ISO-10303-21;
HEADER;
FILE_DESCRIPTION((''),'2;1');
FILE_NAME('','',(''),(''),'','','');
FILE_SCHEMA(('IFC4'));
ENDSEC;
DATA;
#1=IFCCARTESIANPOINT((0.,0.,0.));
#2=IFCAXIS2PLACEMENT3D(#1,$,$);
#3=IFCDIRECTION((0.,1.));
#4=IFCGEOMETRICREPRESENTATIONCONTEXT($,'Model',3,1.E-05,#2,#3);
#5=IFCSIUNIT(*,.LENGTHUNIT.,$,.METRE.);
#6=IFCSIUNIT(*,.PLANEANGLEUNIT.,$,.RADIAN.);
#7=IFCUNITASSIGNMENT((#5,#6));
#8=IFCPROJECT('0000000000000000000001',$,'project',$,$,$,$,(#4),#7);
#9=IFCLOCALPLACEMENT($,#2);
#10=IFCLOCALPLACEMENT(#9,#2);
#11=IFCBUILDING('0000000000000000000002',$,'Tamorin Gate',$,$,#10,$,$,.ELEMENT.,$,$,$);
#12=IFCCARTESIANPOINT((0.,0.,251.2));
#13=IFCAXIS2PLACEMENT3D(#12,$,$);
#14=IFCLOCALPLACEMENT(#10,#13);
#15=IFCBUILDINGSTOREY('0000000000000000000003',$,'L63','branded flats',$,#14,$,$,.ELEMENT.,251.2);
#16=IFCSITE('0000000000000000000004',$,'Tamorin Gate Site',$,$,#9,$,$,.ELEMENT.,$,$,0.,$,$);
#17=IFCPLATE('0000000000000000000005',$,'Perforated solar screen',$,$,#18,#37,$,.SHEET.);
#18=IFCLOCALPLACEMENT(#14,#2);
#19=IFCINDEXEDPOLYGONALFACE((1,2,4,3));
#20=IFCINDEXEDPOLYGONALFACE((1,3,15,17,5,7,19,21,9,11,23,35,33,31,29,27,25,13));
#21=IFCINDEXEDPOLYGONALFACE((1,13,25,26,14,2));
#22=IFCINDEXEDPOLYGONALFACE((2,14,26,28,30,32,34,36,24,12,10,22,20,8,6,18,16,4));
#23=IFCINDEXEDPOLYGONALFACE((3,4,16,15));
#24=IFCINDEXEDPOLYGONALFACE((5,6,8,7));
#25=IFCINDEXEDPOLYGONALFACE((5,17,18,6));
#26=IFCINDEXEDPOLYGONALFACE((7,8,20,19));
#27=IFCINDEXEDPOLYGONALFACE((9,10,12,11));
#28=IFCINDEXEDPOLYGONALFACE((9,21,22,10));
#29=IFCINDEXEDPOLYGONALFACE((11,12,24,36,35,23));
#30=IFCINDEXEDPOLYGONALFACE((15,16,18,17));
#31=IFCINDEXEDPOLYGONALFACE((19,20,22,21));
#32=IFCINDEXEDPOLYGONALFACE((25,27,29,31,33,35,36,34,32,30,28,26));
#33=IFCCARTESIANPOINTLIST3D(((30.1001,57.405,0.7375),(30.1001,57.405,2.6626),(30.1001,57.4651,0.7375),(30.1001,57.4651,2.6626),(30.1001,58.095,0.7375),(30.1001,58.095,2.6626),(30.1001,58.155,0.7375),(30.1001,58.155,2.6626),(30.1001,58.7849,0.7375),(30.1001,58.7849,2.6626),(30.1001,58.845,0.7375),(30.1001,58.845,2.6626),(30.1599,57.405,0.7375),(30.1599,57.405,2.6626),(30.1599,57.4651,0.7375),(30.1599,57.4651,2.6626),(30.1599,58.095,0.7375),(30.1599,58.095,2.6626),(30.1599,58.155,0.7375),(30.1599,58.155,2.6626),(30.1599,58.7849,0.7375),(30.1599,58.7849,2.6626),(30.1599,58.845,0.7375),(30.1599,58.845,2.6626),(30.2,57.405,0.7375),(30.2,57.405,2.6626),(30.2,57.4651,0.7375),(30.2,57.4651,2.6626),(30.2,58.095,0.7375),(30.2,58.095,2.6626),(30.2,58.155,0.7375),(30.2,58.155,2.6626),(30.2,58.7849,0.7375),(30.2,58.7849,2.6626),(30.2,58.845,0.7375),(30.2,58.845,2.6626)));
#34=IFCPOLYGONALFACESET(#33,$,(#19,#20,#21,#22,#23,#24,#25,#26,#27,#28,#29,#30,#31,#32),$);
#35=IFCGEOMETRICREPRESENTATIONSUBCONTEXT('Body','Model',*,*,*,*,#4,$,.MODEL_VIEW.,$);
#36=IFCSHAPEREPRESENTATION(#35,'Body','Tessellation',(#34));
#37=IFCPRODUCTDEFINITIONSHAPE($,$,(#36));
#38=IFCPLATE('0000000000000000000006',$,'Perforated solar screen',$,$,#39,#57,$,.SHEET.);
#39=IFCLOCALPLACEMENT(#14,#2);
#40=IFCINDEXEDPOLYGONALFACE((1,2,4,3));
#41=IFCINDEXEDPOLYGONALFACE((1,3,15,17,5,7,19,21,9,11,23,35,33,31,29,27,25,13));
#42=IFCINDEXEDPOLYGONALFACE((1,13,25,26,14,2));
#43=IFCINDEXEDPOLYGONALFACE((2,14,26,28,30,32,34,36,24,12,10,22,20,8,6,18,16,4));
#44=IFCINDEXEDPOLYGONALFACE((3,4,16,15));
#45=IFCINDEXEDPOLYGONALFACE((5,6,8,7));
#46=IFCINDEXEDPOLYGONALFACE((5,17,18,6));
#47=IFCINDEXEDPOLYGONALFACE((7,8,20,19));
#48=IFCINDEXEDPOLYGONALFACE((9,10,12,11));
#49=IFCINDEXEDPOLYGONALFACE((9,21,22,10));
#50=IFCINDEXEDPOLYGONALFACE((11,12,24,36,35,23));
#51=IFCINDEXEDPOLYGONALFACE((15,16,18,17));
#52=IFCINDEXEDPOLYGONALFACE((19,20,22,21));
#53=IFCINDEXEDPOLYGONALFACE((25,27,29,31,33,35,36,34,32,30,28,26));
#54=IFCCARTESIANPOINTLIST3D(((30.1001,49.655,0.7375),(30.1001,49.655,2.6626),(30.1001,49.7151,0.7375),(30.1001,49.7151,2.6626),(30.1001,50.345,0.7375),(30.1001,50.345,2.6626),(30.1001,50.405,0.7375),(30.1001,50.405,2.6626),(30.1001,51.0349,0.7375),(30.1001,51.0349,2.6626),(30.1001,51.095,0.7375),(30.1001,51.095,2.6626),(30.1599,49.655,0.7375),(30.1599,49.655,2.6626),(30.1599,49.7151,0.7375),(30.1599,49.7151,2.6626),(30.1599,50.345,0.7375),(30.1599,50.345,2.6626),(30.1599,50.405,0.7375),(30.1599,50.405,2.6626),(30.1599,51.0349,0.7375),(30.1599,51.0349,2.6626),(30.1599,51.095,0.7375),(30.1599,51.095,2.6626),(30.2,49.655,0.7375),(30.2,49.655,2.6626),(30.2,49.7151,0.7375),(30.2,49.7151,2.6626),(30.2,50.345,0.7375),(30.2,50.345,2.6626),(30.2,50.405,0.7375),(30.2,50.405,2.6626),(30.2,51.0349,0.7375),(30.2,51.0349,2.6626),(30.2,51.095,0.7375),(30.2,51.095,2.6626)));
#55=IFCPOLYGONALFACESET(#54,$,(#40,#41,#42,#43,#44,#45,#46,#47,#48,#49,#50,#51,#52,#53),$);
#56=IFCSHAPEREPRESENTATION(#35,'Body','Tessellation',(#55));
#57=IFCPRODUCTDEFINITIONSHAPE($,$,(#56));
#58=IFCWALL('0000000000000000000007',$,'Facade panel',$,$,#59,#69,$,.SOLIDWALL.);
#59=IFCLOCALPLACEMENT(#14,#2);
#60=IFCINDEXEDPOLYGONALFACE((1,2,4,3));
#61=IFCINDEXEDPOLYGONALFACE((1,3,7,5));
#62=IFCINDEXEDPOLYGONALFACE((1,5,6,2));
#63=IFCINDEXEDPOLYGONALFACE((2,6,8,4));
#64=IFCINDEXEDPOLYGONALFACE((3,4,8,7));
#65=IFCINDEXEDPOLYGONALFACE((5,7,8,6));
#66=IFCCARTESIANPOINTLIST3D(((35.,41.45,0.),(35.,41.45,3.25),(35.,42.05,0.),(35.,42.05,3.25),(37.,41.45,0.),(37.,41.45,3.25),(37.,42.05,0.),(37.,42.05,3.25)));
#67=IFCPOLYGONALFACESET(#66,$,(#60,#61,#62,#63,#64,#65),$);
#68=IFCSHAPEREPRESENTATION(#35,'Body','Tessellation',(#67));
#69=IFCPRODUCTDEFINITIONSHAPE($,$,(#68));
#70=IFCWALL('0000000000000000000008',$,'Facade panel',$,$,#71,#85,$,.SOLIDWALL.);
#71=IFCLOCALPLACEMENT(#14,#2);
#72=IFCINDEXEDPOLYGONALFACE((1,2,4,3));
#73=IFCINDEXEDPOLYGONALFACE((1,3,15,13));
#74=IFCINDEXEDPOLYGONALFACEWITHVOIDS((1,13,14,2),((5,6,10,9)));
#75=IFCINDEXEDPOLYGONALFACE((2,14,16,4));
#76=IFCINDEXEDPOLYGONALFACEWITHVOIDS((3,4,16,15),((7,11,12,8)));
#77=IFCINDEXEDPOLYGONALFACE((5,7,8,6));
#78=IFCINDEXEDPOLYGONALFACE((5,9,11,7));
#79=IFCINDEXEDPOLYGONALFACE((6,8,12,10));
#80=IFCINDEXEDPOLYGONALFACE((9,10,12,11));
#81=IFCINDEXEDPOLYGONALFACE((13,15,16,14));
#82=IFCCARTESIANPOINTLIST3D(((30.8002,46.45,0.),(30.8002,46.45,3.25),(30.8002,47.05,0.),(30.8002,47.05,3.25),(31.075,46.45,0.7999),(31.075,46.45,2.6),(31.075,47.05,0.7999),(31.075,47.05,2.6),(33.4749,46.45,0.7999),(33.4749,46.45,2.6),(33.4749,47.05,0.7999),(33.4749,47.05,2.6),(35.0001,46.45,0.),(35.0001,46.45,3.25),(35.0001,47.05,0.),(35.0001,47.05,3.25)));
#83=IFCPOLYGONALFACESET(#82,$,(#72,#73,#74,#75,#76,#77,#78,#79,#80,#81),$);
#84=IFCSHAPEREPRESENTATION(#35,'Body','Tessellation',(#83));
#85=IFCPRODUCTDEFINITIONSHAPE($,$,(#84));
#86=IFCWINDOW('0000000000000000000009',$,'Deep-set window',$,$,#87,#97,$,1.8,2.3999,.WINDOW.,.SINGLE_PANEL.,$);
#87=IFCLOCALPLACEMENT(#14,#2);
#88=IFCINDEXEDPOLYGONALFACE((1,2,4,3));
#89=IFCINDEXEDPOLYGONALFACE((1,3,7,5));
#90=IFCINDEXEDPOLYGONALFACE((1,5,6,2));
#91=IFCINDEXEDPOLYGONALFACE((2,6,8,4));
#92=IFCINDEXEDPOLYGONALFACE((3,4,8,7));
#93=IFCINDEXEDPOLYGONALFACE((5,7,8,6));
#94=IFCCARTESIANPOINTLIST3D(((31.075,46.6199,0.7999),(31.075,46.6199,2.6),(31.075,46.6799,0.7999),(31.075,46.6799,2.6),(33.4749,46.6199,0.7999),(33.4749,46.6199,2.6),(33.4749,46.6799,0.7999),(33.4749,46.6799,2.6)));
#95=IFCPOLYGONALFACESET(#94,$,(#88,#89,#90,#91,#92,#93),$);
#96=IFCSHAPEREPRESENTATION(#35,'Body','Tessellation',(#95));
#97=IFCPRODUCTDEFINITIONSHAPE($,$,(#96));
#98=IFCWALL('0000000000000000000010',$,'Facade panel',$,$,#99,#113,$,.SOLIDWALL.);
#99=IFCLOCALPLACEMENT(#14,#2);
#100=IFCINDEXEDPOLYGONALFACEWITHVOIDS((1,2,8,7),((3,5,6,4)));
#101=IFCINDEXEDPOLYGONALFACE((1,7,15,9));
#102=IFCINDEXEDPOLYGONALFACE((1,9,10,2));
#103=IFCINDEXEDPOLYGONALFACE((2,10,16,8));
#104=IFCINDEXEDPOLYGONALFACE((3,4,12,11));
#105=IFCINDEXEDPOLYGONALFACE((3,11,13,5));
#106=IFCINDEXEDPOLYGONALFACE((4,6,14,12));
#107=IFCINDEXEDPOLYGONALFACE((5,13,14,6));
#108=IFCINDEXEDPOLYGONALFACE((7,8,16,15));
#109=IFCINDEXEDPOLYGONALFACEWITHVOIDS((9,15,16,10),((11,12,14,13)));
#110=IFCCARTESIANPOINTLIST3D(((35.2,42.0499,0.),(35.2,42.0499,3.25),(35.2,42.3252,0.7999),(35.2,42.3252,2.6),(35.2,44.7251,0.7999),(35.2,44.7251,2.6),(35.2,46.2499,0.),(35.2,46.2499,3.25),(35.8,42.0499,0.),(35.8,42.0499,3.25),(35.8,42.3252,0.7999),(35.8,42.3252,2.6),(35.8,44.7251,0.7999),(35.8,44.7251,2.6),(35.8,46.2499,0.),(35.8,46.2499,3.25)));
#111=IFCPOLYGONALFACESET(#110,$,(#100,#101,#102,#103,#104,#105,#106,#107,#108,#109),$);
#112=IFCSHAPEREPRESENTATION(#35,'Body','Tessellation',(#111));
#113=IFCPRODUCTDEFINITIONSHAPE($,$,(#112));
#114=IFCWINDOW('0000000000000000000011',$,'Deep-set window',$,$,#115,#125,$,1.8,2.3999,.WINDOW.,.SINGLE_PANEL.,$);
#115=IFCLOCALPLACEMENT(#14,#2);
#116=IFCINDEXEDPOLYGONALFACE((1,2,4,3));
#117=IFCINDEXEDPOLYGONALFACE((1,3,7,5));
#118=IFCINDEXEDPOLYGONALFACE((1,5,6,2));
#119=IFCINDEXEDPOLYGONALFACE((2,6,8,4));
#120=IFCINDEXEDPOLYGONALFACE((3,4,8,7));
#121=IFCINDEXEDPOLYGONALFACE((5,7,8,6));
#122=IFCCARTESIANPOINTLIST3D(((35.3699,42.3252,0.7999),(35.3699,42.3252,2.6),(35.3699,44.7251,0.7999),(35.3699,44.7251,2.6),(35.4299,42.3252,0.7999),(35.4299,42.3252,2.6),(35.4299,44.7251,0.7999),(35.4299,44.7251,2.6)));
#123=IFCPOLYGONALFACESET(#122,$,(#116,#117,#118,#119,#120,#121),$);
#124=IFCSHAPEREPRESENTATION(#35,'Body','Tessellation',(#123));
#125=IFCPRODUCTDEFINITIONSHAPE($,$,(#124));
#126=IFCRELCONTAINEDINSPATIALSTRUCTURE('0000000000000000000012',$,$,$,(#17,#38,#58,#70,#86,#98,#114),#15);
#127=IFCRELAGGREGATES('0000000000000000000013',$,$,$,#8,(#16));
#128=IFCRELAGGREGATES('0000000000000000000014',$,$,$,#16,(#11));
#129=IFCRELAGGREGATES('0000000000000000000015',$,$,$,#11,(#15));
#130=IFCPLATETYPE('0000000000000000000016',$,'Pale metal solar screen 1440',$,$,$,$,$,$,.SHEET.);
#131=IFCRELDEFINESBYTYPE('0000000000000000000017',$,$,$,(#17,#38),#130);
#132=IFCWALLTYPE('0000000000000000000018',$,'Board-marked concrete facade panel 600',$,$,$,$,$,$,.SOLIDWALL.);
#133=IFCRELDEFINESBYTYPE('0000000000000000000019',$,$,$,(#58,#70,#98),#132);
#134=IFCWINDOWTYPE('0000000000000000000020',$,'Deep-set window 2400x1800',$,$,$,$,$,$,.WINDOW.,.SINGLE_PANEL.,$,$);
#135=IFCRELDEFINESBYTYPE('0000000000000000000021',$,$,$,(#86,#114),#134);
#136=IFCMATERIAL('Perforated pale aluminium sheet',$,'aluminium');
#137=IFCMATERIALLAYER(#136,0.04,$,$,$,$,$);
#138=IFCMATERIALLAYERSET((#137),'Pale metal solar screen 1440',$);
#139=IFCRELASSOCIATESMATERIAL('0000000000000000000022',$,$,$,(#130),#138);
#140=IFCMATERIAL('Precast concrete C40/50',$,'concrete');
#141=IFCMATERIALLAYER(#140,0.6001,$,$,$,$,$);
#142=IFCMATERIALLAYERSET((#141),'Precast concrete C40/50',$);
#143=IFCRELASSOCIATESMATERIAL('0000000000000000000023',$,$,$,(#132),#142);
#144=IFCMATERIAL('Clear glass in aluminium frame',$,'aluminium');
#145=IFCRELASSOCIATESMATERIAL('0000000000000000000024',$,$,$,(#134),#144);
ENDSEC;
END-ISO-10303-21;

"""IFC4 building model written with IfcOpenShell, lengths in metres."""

from ifc_helpers import new_model, si_unit, direction, frame, frame_2d, origin, place, context, subcontext, project, spatial, polyline, rectangle, outline, extrude, material, layer, layer_set, type_object, element, fill, save


model = new_model("IFC4")

# Units and contexts
model_context = context("Model", 3, precision=1e-05, world=origin(), true_north=direction((0.0, 1.0)))
body_context = subcontext(model_context, "Body", "Model", "MODEL_VIEW")
ifc_project = project(units=[si_unit("LENGTHUNIT", "METRE"), si_unit("PLANEANGLEUNIT", "RADIAN")], contexts=[model_context])

# Site, building, storey
site_placement = place(None, origin())
site = spatial("IfcSite", under=ifc_project, at=site_placement, Name="Tamorin Gate Site", CompositionType="ELEMENT", RefElevation=0.0)
building_placement = place(site_placement, origin())
building = spatial("IfcBuilding", under=site, at=building_placement, Name="Tamorin Gate", CompositionType="ELEMENT")
storey_placement = place(building_placement, frame((0.0, 0.0, 251.2)))
storey = spatial("IfcBuildingStorey", under=building, at=storey_placement, Name="L63", Description="branded flats", CompositionType="ELEMENT", Elevation=251.2)

# Plates
ifc_material_1 = material(Name="Perforated pale aluminium sheet", Category="aluminium")
ifc_layer_1 = layer(ifc_material_1, 0.04)
ifc_layer_set_1 = layer_set([ifc_layer_1], Name="Pale metal solar screen 1440")
plate_type = type_object("IfcPlateType", Name="Pale metal solar screen 1440", PredefinedType="SHEET", material=ifc_layer_set_1)
plate_1_placement = place(storey_placement, frame((0.0, 0.0, 0.7375)))
element("IfcPlate", 1, at=plate_1_placement, inside=storey, type_object=plate_type, Name="Perforated solar screen", PredefinedType="SHEET", context=body_context, shape_type="SweptSolid", body=[
    extrude(outline(polyline([(30.1599, 58.845), (30.2, 58.845), (30.2, 58.7849), (30.2, 58.155), (30.2, 58.095), (30.2, 57.4651), (30.2, 57.405), (30.1599, 57.405), (30.1001, 57.405), (30.1001, 57.4651), (30.1599, 57.4651), (30.1599, 58.095), (30.1001, 58.095), (30.1001, 58.155), (30.1599, 58.155), (30.1599, 58.7849), (30.1001, 58.7849), (30.1001, 58.845), (30.1599, 58.845)])), origin(), (0.0, 0.0, 1.0), 1.925),
])
plate_2_placement = place(storey_placement, frame((0.0, 0.0, 0.7375)))
element("IfcPlate", 2, at=plate_2_placement, inside=storey, type_object=plate_type, Name="Perforated solar screen", PredefinedType="SHEET", context=body_context, shape_type="SweptSolid", body=[
    extrude(outline(polyline([(30.1599, 51.095), (30.2, 51.095), (30.2, 51.0349), (30.2, 50.405), (30.2, 50.345), (30.2, 49.7151), (30.2, 49.655), (30.1599, 49.655), (30.1001, 49.655), (30.1001, 49.7151), (30.1599, 49.7151), (30.1599, 50.345), (30.1001, 50.345), (30.1001, 50.405), (30.1599, 50.405), (30.1599, 51.0349), (30.1001, 51.0349), (30.1001, 51.095), (30.1599, 51.095)])), origin(), (0.0, 0.0, 1.0), 1.925),
])

# Wall
ifc_material_2 = material(Name="Precast concrete C40/50", Category="concrete")
ifc_layer_2 = layer(ifc_material_2, 0.6001)
ifc_layer_set_2 = layer_set([ifc_layer_2], Name="Precast concrete C40/50")
wall_type = type_object("IfcWallType", Name="Board-marked concrete facade panel 600", PredefinedType="SOLIDWALL", material=ifc_layer_set_2)
wall_1_placement = place(storey_placement, frame((35.0, 41.75, 0.0), z_axis=(0.0, 0.0, 1.0), x_axis=(1.0, 0.0, 0.0)))
element("IfcWall", 3, at=wall_1_placement, inside=storey, type_object=wall_type, Name="Facade panel", PredefinedType="SOLIDWALL", context=body_context, shape_type="SweptSolid", body=[
    extrude(rectangle(XDim=2.0, YDim=0.6001, at=frame_2d((1.0, 0.0))), origin(), (0.0, 0.0, 1.0), 3.25),
])

# Walls, openings, windows
wall_2_placement = place(storey_placement, frame((30.8, 46.75, 0.0), z_axis=(0.0, 0.0, 1.0), x_axis=(1.0, 0.0, 0.0)))
wall_2 = element("IfcWall", 4, at=wall_2_placement, inside=storey, type_object=wall_type, Name="Facade panel", PredefinedType="SOLIDWALL", context=body_context, shape_type="SweptSolid", body=[
    extrude(rectangle(XDim=4.2, YDim=0.6001, at=frame_2d((2.1001, 0.0))), origin(), (0.0, 0.0, 1.0), 3.25),
])
opening_1_placement = place(wall_2_placement, frame((0.2749, 0.0, 0.8)))
opening_1 = element("IfcOpeningElement", 5, at=opening_1_placement, cuts=wall_2, PredefinedType="OPENING", context=body_context, shape_type="SweptSolid", body=[
    extrude(rectangle(XDim=2.3999, YDim=1.8, at=frame_2d((1.2, 0.8999))), frame((0.0, 0.3101, 0.0), z_axis=(0.0, -1.0, 0.0), x_axis=(1.0, 0.0, 0.0)), (0.0, 0.0, 1.0), 0.6201),
])
ifc_material_3 = material(Name="Clear glass in aluminium frame", Category="aluminium")
window_type = type_object("IfcWindowType", Name="Deep-set window 2400x1800", PartitioningType="SINGLE_PANEL", PredefinedType="WINDOW", material=ifc_material_3)
window_1_placement = place(opening_1_placement, origin())
window_1 = element("IfcWindow", 6, at=window_1_placement, inside=storey, type_object=window_type, Name="Deep-set window", OverallHeight=1.8, OverallWidth=2.3999, PartitioningType="SINGLE_PANEL", PredefinedType="WINDOW", context=body_context, shape_type="SweptSolid", body=[
    extrude(rectangle(XDim=2.3999, YDim=1.8, at=frame_2d((1.2, 0.8999))), frame((0.0, -0.0701, 0.0), z_axis=(0.0, -1.0, 0.0), x_axis=(1.0, 0.0, 0.0)), (0.0, 0.0, 1.0), 0.0601),
])
fill(opening_1, window_1)
wall_3_placement = place(storey_placement, frame((35.5, 46.25, 0.0), z_axis=(0.0, 0.0, 1.0), x_axis=(0.0, -1.0, 0.0)))
wall_3 = element("IfcWall", 7, at=wall_3_placement, inside=storey, type_object=wall_type, Name="Facade panel", PredefinedType="SOLIDWALL", context=body_context, shape_type="SweptSolid", body=[
    extrude(rectangle(XDim=4.2, YDim=0.6001, at=frame_2d((2.1001, 0.0))), origin(), (0.0, 0.0, 1.0), 3.25),
])
opening_2_placement = place(wall_3_placement, frame((1.5249, 0.0, 0.8)))
opening_2 = element("IfcOpeningElement", 8, at=opening_2_placement, cuts=wall_3, PredefinedType="OPENING", context=body_context, shape_type="SweptSolid", body=[
    extrude(rectangle(XDim=2.3999, YDim=1.8, at=frame_2d((1.2, 0.8999))), frame((0.0, 0.3101, 0.0), z_axis=(0.0, -1.0, 0.0), x_axis=(1.0, 0.0, 0.0)), (0.0, 0.0, 1.0), 0.6201),
])
window_2_placement = place(opening_2_placement, origin())
window_2 = element("IfcWindow", 9, at=window_2_placement, inside=storey, type_object=window_type, Name="Deep-set window", OverallHeight=1.8, OverallWidth=2.3999, PartitioningType="SINGLE_PANEL", PredefinedType="WINDOW", context=body_context, shape_type="SweptSolid", body=[
    extrude(rectangle(XDim=2.3999, YDim=1.8, at=frame_2d((1.2, 0.8999))), frame((0.0, -0.0701, 0.0), z_axis=(0.0, -1.0, 0.0), x_axis=(1.0, 0.0, 0.0)), (0.0, 0.0, 1.0), 0.0601),
])
fill(opening_2, window_2)

save(model, "model.ifc")
